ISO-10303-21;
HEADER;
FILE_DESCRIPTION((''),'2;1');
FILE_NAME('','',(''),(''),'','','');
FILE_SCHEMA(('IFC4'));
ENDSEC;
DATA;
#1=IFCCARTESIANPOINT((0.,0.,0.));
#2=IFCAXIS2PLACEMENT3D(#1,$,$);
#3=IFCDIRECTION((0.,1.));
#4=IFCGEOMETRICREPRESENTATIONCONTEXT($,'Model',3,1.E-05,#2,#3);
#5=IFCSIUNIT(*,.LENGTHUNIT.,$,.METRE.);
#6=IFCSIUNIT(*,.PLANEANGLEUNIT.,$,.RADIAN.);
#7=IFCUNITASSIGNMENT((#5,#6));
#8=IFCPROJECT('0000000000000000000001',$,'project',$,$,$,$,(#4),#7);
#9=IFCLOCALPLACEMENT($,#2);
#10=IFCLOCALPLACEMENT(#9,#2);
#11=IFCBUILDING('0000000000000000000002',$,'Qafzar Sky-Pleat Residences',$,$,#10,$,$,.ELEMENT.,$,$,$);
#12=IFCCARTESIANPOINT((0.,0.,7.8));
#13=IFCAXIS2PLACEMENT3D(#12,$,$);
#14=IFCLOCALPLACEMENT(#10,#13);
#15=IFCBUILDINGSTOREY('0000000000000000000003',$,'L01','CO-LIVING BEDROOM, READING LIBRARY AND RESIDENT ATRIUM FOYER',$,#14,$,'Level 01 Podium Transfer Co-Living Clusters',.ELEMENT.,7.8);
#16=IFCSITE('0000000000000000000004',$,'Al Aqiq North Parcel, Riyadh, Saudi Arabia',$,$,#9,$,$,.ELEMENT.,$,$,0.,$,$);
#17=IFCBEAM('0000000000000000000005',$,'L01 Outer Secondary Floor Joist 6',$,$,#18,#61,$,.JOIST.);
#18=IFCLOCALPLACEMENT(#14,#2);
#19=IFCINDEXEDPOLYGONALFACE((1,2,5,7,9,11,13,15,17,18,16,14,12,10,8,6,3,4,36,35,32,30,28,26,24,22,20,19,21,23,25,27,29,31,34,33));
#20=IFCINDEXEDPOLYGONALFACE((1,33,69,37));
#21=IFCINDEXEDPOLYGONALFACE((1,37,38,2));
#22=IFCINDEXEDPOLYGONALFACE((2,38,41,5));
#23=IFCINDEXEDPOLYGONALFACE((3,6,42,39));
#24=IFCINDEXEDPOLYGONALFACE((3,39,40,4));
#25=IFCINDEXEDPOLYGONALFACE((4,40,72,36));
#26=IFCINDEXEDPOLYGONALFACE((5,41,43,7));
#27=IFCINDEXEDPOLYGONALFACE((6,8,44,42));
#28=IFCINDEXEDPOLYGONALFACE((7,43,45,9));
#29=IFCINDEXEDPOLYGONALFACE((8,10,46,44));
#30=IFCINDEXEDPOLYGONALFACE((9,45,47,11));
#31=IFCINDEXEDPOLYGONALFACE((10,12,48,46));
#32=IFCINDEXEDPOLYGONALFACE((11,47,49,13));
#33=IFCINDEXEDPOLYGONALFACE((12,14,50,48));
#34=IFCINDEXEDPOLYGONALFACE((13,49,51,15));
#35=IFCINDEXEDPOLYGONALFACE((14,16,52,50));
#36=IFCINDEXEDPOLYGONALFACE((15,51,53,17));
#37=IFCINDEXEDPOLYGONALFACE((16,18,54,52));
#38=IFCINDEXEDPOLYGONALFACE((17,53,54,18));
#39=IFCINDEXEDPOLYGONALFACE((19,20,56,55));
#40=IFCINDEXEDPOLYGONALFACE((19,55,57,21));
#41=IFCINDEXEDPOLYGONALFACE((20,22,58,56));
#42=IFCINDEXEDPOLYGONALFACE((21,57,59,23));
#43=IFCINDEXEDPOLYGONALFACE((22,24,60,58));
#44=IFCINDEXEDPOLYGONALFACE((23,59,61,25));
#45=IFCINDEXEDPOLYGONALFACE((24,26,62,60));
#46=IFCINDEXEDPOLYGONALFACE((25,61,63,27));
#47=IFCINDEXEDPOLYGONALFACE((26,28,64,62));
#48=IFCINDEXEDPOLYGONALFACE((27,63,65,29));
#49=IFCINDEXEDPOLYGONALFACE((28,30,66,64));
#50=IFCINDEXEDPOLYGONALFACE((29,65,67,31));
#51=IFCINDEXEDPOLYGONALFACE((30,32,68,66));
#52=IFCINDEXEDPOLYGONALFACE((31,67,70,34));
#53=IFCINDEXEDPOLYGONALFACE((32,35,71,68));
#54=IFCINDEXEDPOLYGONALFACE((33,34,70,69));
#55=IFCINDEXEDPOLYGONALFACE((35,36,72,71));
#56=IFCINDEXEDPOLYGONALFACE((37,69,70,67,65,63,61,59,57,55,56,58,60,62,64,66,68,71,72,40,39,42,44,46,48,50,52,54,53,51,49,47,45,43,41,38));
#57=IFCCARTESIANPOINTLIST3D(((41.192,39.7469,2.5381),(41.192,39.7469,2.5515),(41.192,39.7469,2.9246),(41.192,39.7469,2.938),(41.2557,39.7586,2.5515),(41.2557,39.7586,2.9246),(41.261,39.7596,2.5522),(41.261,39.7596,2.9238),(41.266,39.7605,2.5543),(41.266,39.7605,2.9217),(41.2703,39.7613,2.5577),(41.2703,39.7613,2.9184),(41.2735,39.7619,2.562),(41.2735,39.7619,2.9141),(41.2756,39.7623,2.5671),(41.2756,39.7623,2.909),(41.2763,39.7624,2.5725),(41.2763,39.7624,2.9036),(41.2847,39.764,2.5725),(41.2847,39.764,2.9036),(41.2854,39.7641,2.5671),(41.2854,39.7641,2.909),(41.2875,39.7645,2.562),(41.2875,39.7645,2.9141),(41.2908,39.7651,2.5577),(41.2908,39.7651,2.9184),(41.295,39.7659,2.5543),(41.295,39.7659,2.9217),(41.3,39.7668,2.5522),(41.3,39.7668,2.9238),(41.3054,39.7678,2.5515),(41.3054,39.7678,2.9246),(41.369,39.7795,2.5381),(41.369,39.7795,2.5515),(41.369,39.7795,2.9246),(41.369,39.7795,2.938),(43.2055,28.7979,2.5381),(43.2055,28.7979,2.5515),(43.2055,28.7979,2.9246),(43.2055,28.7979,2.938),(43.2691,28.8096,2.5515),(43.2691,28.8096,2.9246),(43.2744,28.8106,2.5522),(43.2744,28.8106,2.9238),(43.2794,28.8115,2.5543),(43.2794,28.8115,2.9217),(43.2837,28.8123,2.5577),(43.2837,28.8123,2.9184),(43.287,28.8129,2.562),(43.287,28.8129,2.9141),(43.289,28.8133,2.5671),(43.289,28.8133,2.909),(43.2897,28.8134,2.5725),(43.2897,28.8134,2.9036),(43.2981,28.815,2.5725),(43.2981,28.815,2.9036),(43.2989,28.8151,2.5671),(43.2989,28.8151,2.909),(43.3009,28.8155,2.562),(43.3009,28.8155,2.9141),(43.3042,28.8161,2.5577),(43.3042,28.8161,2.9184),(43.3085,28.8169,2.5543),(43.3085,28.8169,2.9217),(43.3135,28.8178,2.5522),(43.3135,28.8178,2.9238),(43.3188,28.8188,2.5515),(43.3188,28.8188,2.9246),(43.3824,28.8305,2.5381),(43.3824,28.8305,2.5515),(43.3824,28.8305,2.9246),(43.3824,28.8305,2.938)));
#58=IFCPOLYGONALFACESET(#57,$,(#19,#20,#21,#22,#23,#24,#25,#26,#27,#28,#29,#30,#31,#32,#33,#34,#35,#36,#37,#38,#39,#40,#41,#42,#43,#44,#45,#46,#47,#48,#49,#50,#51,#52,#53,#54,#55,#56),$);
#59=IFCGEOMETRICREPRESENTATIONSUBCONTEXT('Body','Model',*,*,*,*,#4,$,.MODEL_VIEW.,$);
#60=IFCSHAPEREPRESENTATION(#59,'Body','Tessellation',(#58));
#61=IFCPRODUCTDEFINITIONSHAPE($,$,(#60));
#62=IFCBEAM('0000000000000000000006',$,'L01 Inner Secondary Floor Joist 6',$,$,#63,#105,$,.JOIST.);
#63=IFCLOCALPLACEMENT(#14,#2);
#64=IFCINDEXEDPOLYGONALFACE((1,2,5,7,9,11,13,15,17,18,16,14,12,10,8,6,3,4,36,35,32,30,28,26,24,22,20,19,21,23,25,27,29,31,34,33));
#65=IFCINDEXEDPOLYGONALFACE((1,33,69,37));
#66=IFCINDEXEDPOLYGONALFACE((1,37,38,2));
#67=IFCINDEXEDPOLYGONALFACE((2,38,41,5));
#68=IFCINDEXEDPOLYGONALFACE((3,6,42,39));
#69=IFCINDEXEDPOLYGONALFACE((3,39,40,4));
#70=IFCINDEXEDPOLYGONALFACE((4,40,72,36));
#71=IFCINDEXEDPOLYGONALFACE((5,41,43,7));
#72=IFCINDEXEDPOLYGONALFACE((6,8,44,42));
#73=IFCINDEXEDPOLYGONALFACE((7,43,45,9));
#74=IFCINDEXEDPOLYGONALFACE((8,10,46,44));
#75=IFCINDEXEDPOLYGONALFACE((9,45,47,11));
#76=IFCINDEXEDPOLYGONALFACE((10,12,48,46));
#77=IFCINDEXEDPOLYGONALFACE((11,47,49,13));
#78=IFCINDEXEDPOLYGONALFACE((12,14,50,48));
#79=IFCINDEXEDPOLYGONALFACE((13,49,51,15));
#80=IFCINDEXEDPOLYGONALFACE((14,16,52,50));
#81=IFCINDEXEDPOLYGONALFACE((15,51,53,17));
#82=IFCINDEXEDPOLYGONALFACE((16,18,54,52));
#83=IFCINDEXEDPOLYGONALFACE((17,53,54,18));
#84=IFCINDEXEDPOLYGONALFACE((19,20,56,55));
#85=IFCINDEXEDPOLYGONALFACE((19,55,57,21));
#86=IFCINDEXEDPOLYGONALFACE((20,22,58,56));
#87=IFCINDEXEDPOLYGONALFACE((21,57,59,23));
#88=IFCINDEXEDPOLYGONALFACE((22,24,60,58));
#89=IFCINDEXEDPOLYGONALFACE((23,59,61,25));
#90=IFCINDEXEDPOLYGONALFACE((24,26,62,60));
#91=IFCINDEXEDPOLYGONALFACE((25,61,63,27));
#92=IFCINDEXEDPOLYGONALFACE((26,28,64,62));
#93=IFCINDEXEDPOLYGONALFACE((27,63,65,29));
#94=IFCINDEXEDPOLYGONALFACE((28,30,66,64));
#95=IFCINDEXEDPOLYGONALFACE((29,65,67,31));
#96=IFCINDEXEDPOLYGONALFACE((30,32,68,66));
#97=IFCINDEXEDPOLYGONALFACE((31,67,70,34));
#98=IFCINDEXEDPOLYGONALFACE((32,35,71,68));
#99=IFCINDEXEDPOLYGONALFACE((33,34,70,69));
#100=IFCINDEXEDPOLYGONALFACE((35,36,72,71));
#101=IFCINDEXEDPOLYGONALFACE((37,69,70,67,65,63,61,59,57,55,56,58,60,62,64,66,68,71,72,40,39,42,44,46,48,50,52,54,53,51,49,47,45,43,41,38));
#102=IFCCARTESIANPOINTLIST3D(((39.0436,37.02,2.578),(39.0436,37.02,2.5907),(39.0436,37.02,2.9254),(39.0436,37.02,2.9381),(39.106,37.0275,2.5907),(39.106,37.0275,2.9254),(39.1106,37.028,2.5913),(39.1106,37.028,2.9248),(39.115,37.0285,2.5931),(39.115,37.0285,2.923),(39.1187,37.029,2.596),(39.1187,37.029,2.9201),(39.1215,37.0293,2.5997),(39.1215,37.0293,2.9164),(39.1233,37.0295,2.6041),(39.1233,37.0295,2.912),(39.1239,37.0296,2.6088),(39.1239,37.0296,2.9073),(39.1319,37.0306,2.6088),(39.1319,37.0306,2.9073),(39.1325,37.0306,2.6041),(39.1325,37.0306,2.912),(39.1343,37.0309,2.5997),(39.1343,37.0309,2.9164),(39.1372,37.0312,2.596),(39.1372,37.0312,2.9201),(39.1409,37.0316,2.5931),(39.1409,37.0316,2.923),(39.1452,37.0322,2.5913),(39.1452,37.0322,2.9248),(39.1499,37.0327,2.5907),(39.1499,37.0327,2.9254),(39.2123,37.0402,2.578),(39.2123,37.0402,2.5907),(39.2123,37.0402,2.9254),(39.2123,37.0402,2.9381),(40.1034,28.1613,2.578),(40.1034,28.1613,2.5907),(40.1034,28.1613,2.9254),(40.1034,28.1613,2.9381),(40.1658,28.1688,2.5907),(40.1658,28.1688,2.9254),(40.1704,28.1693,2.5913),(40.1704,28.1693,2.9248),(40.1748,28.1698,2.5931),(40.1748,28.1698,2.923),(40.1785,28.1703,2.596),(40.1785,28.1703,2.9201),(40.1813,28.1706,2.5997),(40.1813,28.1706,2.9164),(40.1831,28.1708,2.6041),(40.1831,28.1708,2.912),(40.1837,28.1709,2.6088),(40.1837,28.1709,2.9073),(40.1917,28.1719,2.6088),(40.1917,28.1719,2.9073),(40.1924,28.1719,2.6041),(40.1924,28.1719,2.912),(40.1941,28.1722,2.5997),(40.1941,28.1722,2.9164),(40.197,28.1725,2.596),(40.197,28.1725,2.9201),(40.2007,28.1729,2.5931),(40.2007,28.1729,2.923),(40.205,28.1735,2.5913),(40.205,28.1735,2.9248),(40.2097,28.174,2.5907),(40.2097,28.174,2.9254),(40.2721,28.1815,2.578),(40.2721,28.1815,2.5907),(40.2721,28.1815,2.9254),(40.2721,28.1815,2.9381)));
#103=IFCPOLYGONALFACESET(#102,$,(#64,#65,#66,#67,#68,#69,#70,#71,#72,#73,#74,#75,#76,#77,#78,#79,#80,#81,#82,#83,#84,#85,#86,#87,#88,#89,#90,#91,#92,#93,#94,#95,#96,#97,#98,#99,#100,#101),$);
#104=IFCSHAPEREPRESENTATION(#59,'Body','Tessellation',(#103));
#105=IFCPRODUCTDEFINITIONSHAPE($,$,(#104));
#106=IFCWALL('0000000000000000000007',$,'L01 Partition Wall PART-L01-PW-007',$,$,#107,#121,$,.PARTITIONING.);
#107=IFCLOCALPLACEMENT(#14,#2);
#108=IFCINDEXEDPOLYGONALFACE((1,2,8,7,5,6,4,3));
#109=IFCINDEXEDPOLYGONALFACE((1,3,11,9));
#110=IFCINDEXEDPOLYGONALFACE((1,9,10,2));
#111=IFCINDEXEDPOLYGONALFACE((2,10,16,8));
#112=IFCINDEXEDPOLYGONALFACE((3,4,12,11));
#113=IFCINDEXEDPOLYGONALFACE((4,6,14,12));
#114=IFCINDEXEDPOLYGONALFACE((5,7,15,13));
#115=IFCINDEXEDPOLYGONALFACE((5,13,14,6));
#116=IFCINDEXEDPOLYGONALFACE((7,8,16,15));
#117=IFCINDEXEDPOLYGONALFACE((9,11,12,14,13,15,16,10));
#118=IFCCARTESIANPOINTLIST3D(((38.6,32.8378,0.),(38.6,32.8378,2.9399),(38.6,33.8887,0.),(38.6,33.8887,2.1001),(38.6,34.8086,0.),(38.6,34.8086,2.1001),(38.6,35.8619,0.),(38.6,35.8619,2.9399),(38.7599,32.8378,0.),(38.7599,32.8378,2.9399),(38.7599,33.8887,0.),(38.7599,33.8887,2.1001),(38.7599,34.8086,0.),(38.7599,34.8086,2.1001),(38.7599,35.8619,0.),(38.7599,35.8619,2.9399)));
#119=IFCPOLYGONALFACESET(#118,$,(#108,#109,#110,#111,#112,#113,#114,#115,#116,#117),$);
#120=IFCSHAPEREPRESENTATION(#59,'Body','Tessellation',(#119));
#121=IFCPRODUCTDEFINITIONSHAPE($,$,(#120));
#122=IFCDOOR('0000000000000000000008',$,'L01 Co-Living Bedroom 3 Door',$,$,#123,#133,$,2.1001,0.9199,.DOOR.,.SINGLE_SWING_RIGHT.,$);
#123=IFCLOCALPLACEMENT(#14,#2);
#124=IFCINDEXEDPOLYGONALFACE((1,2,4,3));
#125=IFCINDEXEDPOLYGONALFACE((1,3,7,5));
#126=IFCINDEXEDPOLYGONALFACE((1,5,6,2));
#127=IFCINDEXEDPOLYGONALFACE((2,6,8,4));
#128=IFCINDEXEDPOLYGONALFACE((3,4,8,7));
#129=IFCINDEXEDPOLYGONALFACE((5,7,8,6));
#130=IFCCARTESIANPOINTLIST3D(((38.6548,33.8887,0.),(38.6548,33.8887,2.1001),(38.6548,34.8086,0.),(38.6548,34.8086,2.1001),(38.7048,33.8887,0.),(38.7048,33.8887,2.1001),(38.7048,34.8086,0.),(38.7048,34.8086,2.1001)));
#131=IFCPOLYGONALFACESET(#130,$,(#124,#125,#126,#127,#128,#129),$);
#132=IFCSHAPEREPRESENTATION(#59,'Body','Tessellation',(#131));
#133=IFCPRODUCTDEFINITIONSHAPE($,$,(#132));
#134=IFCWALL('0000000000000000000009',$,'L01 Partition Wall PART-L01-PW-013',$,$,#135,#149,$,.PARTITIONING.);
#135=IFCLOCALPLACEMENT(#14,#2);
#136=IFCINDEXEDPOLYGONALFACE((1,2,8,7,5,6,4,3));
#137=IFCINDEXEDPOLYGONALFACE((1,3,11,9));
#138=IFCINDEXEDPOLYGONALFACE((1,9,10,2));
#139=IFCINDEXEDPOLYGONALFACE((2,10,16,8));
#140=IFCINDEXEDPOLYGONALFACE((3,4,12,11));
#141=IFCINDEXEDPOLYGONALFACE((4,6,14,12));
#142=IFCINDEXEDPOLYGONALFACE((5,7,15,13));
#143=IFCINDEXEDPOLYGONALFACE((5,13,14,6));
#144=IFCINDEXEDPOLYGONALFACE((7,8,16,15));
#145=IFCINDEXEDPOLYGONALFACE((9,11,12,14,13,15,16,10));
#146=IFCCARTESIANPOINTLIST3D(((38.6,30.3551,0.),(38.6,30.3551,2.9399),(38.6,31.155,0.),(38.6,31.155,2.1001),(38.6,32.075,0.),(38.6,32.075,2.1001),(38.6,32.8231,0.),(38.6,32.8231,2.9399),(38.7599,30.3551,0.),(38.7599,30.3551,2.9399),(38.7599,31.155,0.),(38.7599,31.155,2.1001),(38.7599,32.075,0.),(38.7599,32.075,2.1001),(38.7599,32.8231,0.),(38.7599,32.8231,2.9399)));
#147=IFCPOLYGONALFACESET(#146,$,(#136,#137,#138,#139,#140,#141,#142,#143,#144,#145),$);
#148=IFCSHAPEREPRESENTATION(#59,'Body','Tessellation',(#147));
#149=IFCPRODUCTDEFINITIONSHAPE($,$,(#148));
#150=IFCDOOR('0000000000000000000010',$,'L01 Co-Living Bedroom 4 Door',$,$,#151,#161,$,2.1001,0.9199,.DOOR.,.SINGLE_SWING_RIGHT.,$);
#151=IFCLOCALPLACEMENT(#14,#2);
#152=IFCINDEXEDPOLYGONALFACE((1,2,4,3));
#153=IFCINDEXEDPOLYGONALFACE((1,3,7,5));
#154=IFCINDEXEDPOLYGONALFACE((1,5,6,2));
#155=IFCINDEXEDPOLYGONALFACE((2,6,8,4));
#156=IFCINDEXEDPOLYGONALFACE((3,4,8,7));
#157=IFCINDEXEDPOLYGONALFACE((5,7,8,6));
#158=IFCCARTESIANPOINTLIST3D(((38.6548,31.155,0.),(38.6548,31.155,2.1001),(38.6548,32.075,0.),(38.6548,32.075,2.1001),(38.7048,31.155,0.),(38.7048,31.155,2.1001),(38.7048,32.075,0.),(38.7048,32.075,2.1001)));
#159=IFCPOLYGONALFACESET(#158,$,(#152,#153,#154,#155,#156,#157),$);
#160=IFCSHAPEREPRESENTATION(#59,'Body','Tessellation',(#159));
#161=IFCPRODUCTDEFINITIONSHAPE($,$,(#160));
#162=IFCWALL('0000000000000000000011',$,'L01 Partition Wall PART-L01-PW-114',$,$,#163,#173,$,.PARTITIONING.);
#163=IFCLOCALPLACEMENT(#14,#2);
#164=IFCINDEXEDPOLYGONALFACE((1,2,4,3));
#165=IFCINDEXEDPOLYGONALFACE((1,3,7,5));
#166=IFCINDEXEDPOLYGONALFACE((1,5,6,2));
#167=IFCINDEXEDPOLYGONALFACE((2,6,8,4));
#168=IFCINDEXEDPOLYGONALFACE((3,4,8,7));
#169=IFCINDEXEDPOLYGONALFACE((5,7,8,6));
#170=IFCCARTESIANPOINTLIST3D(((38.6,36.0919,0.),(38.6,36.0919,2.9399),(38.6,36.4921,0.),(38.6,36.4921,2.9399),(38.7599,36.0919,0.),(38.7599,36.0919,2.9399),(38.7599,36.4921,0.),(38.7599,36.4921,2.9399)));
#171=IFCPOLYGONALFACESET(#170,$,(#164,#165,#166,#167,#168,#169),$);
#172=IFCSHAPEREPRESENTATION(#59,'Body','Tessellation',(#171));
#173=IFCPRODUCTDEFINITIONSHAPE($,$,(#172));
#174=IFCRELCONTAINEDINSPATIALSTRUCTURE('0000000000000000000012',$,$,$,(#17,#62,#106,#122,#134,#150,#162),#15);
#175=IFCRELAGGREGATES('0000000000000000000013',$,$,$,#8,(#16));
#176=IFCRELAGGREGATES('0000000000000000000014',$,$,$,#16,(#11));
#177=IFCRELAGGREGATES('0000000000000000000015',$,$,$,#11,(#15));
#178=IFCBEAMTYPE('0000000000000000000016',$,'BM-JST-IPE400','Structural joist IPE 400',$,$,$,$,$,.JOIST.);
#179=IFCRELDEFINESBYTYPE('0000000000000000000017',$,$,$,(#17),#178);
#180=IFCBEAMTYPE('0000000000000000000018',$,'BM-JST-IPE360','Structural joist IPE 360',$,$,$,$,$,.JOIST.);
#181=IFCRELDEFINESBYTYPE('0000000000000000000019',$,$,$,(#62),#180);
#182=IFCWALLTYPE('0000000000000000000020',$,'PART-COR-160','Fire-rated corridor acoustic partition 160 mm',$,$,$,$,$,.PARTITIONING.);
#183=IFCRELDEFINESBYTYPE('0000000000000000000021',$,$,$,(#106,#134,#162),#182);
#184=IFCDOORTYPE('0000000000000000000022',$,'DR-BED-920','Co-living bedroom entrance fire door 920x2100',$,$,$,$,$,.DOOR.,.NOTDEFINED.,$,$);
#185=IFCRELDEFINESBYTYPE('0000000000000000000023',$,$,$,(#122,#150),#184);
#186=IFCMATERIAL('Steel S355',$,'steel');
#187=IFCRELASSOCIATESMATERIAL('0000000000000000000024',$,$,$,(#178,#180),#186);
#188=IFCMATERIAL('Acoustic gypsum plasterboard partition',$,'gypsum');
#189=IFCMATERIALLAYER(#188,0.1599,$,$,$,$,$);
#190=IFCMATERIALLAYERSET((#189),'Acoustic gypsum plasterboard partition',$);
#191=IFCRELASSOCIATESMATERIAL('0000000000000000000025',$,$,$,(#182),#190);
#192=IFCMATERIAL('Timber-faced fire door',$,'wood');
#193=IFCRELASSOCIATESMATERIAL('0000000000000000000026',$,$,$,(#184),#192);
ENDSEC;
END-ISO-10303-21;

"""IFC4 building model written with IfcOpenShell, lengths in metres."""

from ifc_helpers import new_model, si_unit, direction, frame, frame_2d, origin, origin_2d, place, context, subcontext, project, spatial, rectangle, i_section, extrude, source, transform, mapped, material, layer, layer_set, material_profile, profile_set, type_object, element, fill, save


model = new_model("IFC4")

# Units and contexts
model_context = context("Model", 3, precision=1e-05, world=origin(), true_north=direction((0.0, 1.0)))
body_context = subcontext(model_context, "Body", "Model", "MODEL_VIEW")
ifc_project = project(units=[si_unit("LENGTHUNIT", "METRE"), si_unit("PLANEANGLEUNIT", "RADIAN")], contexts=[model_context])

# Site, building, storey
site_placement = place(None, origin())
site = spatial("IfcSite", under=ifc_project, at=site_placement, Name="Al Aqiq North Parcel, Riyadh, Saudi Arabia", CompositionType="ELEMENT", RefElevation=0.0)
building_placement = place(site_placement, origin())
building = spatial("IfcBuilding", under=site, at=building_placement, Name="Qafzar Sky-Pleat Residences", CompositionType="ELEMENT")
storey_placement = place(building_placement, frame((0.0, 0.0, 7.8)))
storey = spatial("IfcBuildingStorey", under=building, at=storey_placement, Name="L01", Description="CO-LIVING BEDROOM, READING LIBRARY AND RESIDENT ATRIUM FOYER", LongName="Level 01 Podium Transfer Co-Living Clusters", CompositionType="ELEMENT", Elevation=7.8)

# Beams
ifc_material_1 = material(Name="Steel S355", Category="steel")
ifc_material_profile_1 = material_profile(ifc_material_1, i_section(OverallWidth=0.1799, OverallDepth=0.3999, WebThickness=0.0085, FlangeThickness=0.0134, FilletRadius=0.021, at=origin_2d()), Name="IPE 400")
ifc_profile_set_1 = profile_set([ifc_material_profile_1], Name="Steel S355")
beam_type_1 = type_object("IfcBeamType", Name="BM-JST-IPE400", Description="Structural joist IPE 400", PredefinedType="JOIST", material=ifc_profile_set_1)
shared_shape_1 = source(origin(), body_context, "Body", "SweptSolid", [
    extrude(i_section(OverallWidth=0.1799, OverallDepth=0.3999, WebThickness=0.0085, FlangeThickness=0.0134, FilletRadius=0.021, at=origin_2d()), origin(), (0.0, 0.0, 1.0), 11.1326),
])
beam_1_placement = place(storey_placement, frame((43.2939, 28.8142, 2.738), z_axis=(-0.180859, 0.983509, 0.0), x_axis=(-0.983509, -0.180859, 0.0)))
element("IfcBeam", 1, at=beam_1_placement, inside=storey, type_object=beam_type_1, Name="L01 Outer Secondary Floor Joist 6", PredefinedType="JOIST", context=body_context, shape_type="MappedRepresentation", body=[
    mapped(shared_shape_1, transform((0.0, 0.0, 0.0), x_axis=(1.0, 0.0, 0.0), y_axis=(0.0, 1.0, 0.0), z_axis=(0.0, 0.0, 1.0), scale=1.0)),
])
ifc_material_profile_2 = material_profile(ifc_material_1, i_section(OverallWidth=0.1699, OverallDepth=0.3601, WebThickness=0.0081, FlangeThickness=0.0127, FilletRadius=0.0181, at=origin_2d()), Name="IPE 360")
ifc_profile_set_2 = profile_set([ifc_material_profile_2], Name="Steel S355")
beam_type_2 = type_object("IfcBeamType", Name="BM-JST-IPE360", Description="Structural joist IPE 360", PredefinedType="JOIST", material=ifc_profile_set_2)
shared_shape_2 = source(origin(), body_context, "Body", "SweptSolid", [
    extrude(i_section(OverallWidth=0.1699, OverallDepth=0.3601, WebThickness=0.0081, FlangeThickness=0.0127, FilletRadius=0.0181, at=origin_2d()), origin(), (0.0, 0.0, 1.0), 8.9219),
])
beam_2_placement = place(storey_placement, frame((40.1877, 28.1714, 2.7581), z_axis=(-0.118789, 0.99292, 0.0), x_axis=(-0.99292, -0.118789, 0.0)))
element("IfcBeam", 2, at=beam_2_placement, inside=storey, type_object=beam_type_2, Name="L01 Inner Secondary Floor Joist 6", PredefinedType="JOIST", context=body_context, shape_type="MappedRepresentation", body=[
    mapped(shared_shape_2, transform((0.0, 0.0, 0.0), x_axis=(1.0, 0.0, 0.0), y_axis=(0.0, 1.0, 0.0), z_axis=(0.0, 0.0, 1.0), scale=1.0)),
])

# Walls, openings, doors
ifc_material_2 = material(Name="Acoustic gypsum plasterboard partition", Category="gypsum")
ifc_layer_1 = layer(ifc_material_2, 0.1599)
ifc_layer_set_1 = layer_set([ifc_layer_1], Name="Acoustic gypsum plasterboard partition")
wall_type_1 = type_object("IfcWallType", Name="PART-COR-160", Description="Fire-rated corridor acoustic partition 160 mm", PredefinedType="PARTITIONING", material=ifc_layer_set_1)
wall_1_placement = place(storey_placement, frame((38.6799, 35.8621, 0.0), z_axis=(0.0, 0.0, 1.0), x_axis=(0.0, -1.0, 0.0)))
wall_1 = element("IfcWall", 3, at=wall_1_placement, inside=storey, type_object=wall_type_1, Name="L01 Partition Wall PART-L01-PW-007", PredefinedType="PARTITIONING", context=body_context, shape_type="SweptSolid", body=[
    extrude(rectangle(XDim=3.0242, YDim=0.1599, at=frame_2d((1.5122, 0.0))), origin(), (0.0, 0.0, 1.0), 2.9399),
])
opening_1_placement = place(wall_1_placement, frame((1.0535, 0.0, 0.0)))
opening_1 = element("IfcOpeningElement", 4, at=opening_1_placement, cuts=wall_1, PredefinedType="OPENING", context=body_context, shape_type="SweptSolid", body=[
    extrude(rectangle(XDim=0.9199, YDim=2.1001, at=frame_2d((0.46, 1.05))), frame((0.0, 0.0898, 0.0), z_axis=(0.0, -1.0, 0.0), x_axis=(1.0, 0.0, 0.0)), (0.0, 0.0, 1.0), 0.1799),
])
ifc_material_3 = material(Name="Timber-faced fire door", Category="wood")
door_type = type_object("IfcDoorType", Name="DR-BED-920", Description="Co-living bedroom entrance fire door 920x2100", OperationType="NOTDEFINED", PredefinedType="DOOR", material=ifc_material_3)
shared_shape_3 = source(origin(), body_context, "Body", "SweptSolid", [
    extrude(rectangle(XDim=0.9199, YDim=2.1001, at=frame_2d((0.46, 1.05))), frame((0.0, 0.0249, 0.0), z_axis=(0.0, -1.0, 0.0), x_axis=(1.0, 0.0, 0.0)), (0.0, 0.0, 1.0), 0.05),
])
door_1_placement = place(opening_1_placement, origin())
door_1 = element("IfcDoor", 5, at=door_1_placement, inside=storey, type_object=door_type, Name="L01 Co-Living Bedroom 3 Door", OperationType="SINGLE_SWING_RIGHT", OverallHeight=2.1001, OverallWidth=0.9199, PredefinedType="DOOR", context=body_context, shape_type="MappedRepresentation", body=[
    mapped(shared_shape_3, transform((0.0, 0.0, 0.0), x_axis=(1.0, 0.0, 0.0), y_axis=(0.0, 1.0, 0.0), z_axis=(0.0, 0.0, 1.0), scale=1.0)),
])
fill(opening_1, door_1)
wall_2_placement = place(storey_placement, frame((38.6799, 32.823, 0.0), z_axis=(0.0, 0.0, 1.0), x_axis=(0.0, -1.0, 0.0)))
wall_2 = element("IfcWall", 6, at=wall_2_placement, inside=storey, type_object=wall_type_1, Name="L01 Partition Wall PART-L01-PW-013", PredefinedType="PARTITIONING", context=body_context, shape_type="SweptSolid", body=[
    extrude(rectangle(XDim=2.468, YDim=0.1599, at=frame_2d((1.2339, 0.0))), origin(), (0.0, 0.0, 1.0), 2.9399),
])
opening_2_placement = place(wall_2_placement, frame((0.748, 0.0, 0.0)))
opening_2 = element("IfcOpeningElement", 7, at=opening_2_placement, cuts=wall_2, PredefinedType="OPENING", context=body_context, shape_type="SweptSolid", body=[
    extrude(rectangle(XDim=0.9199, YDim=2.1001, at=frame_2d((0.46, 1.05))), frame((0.0, 0.0898, 0.0), z_axis=(0.0, -1.0, 0.0), x_axis=(1.0, 0.0, 0.0)), (0.0, 0.0, 1.0), 0.1799),
])
door_2_placement = place(opening_2_placement, origin())
door_2 = element("IfcDoor", 8, at=door_2_placement, inside=storey, type_object=door_type, Name="L01 Co-Living Bedroom 4 Door", OperationType="SINGLE_SWING_RIGHT", OverallHeight=2.1001, OverallWidth=0.9199, PredefinedType="DOOR", context=body_context, shape_type="MappedRepresentation", body=[
    mapped(shared_shape_3, transform((0.0, 0.0, 0.0), x_axis=(1.0, 0.0, 0.0), y_axis=(0.0, 1.0, 0.0), z_axis=(0.0, 0.0, 1.0), scale=1.0)),
])
fill(opening_2, door_2)

# Wall
wall_3_placement = place(storey_placement, frame((38.6799, 36.0918, 0.0), z_axis=(0.0, 0.0, 1.0), x_axis=(0.0, 1.0, 0.0)))
element("IfcWall", 9, at=wall_3_placement, inside=storey, type_object=wall_type_1, Name="L01 Partition Wall PART-L01-PW-114", PredefinedType="PARTITIONING", context=body_context, shape_type="SweptSolid", body=[
    extrude(rectangle(XDim=0.4001, YDim=0.1599, at=frame_2d((0.2002, 0.0))), origin(), (0.0, 0.0, 1.0), 2.9399),
])

save(model, "model.ifc")
